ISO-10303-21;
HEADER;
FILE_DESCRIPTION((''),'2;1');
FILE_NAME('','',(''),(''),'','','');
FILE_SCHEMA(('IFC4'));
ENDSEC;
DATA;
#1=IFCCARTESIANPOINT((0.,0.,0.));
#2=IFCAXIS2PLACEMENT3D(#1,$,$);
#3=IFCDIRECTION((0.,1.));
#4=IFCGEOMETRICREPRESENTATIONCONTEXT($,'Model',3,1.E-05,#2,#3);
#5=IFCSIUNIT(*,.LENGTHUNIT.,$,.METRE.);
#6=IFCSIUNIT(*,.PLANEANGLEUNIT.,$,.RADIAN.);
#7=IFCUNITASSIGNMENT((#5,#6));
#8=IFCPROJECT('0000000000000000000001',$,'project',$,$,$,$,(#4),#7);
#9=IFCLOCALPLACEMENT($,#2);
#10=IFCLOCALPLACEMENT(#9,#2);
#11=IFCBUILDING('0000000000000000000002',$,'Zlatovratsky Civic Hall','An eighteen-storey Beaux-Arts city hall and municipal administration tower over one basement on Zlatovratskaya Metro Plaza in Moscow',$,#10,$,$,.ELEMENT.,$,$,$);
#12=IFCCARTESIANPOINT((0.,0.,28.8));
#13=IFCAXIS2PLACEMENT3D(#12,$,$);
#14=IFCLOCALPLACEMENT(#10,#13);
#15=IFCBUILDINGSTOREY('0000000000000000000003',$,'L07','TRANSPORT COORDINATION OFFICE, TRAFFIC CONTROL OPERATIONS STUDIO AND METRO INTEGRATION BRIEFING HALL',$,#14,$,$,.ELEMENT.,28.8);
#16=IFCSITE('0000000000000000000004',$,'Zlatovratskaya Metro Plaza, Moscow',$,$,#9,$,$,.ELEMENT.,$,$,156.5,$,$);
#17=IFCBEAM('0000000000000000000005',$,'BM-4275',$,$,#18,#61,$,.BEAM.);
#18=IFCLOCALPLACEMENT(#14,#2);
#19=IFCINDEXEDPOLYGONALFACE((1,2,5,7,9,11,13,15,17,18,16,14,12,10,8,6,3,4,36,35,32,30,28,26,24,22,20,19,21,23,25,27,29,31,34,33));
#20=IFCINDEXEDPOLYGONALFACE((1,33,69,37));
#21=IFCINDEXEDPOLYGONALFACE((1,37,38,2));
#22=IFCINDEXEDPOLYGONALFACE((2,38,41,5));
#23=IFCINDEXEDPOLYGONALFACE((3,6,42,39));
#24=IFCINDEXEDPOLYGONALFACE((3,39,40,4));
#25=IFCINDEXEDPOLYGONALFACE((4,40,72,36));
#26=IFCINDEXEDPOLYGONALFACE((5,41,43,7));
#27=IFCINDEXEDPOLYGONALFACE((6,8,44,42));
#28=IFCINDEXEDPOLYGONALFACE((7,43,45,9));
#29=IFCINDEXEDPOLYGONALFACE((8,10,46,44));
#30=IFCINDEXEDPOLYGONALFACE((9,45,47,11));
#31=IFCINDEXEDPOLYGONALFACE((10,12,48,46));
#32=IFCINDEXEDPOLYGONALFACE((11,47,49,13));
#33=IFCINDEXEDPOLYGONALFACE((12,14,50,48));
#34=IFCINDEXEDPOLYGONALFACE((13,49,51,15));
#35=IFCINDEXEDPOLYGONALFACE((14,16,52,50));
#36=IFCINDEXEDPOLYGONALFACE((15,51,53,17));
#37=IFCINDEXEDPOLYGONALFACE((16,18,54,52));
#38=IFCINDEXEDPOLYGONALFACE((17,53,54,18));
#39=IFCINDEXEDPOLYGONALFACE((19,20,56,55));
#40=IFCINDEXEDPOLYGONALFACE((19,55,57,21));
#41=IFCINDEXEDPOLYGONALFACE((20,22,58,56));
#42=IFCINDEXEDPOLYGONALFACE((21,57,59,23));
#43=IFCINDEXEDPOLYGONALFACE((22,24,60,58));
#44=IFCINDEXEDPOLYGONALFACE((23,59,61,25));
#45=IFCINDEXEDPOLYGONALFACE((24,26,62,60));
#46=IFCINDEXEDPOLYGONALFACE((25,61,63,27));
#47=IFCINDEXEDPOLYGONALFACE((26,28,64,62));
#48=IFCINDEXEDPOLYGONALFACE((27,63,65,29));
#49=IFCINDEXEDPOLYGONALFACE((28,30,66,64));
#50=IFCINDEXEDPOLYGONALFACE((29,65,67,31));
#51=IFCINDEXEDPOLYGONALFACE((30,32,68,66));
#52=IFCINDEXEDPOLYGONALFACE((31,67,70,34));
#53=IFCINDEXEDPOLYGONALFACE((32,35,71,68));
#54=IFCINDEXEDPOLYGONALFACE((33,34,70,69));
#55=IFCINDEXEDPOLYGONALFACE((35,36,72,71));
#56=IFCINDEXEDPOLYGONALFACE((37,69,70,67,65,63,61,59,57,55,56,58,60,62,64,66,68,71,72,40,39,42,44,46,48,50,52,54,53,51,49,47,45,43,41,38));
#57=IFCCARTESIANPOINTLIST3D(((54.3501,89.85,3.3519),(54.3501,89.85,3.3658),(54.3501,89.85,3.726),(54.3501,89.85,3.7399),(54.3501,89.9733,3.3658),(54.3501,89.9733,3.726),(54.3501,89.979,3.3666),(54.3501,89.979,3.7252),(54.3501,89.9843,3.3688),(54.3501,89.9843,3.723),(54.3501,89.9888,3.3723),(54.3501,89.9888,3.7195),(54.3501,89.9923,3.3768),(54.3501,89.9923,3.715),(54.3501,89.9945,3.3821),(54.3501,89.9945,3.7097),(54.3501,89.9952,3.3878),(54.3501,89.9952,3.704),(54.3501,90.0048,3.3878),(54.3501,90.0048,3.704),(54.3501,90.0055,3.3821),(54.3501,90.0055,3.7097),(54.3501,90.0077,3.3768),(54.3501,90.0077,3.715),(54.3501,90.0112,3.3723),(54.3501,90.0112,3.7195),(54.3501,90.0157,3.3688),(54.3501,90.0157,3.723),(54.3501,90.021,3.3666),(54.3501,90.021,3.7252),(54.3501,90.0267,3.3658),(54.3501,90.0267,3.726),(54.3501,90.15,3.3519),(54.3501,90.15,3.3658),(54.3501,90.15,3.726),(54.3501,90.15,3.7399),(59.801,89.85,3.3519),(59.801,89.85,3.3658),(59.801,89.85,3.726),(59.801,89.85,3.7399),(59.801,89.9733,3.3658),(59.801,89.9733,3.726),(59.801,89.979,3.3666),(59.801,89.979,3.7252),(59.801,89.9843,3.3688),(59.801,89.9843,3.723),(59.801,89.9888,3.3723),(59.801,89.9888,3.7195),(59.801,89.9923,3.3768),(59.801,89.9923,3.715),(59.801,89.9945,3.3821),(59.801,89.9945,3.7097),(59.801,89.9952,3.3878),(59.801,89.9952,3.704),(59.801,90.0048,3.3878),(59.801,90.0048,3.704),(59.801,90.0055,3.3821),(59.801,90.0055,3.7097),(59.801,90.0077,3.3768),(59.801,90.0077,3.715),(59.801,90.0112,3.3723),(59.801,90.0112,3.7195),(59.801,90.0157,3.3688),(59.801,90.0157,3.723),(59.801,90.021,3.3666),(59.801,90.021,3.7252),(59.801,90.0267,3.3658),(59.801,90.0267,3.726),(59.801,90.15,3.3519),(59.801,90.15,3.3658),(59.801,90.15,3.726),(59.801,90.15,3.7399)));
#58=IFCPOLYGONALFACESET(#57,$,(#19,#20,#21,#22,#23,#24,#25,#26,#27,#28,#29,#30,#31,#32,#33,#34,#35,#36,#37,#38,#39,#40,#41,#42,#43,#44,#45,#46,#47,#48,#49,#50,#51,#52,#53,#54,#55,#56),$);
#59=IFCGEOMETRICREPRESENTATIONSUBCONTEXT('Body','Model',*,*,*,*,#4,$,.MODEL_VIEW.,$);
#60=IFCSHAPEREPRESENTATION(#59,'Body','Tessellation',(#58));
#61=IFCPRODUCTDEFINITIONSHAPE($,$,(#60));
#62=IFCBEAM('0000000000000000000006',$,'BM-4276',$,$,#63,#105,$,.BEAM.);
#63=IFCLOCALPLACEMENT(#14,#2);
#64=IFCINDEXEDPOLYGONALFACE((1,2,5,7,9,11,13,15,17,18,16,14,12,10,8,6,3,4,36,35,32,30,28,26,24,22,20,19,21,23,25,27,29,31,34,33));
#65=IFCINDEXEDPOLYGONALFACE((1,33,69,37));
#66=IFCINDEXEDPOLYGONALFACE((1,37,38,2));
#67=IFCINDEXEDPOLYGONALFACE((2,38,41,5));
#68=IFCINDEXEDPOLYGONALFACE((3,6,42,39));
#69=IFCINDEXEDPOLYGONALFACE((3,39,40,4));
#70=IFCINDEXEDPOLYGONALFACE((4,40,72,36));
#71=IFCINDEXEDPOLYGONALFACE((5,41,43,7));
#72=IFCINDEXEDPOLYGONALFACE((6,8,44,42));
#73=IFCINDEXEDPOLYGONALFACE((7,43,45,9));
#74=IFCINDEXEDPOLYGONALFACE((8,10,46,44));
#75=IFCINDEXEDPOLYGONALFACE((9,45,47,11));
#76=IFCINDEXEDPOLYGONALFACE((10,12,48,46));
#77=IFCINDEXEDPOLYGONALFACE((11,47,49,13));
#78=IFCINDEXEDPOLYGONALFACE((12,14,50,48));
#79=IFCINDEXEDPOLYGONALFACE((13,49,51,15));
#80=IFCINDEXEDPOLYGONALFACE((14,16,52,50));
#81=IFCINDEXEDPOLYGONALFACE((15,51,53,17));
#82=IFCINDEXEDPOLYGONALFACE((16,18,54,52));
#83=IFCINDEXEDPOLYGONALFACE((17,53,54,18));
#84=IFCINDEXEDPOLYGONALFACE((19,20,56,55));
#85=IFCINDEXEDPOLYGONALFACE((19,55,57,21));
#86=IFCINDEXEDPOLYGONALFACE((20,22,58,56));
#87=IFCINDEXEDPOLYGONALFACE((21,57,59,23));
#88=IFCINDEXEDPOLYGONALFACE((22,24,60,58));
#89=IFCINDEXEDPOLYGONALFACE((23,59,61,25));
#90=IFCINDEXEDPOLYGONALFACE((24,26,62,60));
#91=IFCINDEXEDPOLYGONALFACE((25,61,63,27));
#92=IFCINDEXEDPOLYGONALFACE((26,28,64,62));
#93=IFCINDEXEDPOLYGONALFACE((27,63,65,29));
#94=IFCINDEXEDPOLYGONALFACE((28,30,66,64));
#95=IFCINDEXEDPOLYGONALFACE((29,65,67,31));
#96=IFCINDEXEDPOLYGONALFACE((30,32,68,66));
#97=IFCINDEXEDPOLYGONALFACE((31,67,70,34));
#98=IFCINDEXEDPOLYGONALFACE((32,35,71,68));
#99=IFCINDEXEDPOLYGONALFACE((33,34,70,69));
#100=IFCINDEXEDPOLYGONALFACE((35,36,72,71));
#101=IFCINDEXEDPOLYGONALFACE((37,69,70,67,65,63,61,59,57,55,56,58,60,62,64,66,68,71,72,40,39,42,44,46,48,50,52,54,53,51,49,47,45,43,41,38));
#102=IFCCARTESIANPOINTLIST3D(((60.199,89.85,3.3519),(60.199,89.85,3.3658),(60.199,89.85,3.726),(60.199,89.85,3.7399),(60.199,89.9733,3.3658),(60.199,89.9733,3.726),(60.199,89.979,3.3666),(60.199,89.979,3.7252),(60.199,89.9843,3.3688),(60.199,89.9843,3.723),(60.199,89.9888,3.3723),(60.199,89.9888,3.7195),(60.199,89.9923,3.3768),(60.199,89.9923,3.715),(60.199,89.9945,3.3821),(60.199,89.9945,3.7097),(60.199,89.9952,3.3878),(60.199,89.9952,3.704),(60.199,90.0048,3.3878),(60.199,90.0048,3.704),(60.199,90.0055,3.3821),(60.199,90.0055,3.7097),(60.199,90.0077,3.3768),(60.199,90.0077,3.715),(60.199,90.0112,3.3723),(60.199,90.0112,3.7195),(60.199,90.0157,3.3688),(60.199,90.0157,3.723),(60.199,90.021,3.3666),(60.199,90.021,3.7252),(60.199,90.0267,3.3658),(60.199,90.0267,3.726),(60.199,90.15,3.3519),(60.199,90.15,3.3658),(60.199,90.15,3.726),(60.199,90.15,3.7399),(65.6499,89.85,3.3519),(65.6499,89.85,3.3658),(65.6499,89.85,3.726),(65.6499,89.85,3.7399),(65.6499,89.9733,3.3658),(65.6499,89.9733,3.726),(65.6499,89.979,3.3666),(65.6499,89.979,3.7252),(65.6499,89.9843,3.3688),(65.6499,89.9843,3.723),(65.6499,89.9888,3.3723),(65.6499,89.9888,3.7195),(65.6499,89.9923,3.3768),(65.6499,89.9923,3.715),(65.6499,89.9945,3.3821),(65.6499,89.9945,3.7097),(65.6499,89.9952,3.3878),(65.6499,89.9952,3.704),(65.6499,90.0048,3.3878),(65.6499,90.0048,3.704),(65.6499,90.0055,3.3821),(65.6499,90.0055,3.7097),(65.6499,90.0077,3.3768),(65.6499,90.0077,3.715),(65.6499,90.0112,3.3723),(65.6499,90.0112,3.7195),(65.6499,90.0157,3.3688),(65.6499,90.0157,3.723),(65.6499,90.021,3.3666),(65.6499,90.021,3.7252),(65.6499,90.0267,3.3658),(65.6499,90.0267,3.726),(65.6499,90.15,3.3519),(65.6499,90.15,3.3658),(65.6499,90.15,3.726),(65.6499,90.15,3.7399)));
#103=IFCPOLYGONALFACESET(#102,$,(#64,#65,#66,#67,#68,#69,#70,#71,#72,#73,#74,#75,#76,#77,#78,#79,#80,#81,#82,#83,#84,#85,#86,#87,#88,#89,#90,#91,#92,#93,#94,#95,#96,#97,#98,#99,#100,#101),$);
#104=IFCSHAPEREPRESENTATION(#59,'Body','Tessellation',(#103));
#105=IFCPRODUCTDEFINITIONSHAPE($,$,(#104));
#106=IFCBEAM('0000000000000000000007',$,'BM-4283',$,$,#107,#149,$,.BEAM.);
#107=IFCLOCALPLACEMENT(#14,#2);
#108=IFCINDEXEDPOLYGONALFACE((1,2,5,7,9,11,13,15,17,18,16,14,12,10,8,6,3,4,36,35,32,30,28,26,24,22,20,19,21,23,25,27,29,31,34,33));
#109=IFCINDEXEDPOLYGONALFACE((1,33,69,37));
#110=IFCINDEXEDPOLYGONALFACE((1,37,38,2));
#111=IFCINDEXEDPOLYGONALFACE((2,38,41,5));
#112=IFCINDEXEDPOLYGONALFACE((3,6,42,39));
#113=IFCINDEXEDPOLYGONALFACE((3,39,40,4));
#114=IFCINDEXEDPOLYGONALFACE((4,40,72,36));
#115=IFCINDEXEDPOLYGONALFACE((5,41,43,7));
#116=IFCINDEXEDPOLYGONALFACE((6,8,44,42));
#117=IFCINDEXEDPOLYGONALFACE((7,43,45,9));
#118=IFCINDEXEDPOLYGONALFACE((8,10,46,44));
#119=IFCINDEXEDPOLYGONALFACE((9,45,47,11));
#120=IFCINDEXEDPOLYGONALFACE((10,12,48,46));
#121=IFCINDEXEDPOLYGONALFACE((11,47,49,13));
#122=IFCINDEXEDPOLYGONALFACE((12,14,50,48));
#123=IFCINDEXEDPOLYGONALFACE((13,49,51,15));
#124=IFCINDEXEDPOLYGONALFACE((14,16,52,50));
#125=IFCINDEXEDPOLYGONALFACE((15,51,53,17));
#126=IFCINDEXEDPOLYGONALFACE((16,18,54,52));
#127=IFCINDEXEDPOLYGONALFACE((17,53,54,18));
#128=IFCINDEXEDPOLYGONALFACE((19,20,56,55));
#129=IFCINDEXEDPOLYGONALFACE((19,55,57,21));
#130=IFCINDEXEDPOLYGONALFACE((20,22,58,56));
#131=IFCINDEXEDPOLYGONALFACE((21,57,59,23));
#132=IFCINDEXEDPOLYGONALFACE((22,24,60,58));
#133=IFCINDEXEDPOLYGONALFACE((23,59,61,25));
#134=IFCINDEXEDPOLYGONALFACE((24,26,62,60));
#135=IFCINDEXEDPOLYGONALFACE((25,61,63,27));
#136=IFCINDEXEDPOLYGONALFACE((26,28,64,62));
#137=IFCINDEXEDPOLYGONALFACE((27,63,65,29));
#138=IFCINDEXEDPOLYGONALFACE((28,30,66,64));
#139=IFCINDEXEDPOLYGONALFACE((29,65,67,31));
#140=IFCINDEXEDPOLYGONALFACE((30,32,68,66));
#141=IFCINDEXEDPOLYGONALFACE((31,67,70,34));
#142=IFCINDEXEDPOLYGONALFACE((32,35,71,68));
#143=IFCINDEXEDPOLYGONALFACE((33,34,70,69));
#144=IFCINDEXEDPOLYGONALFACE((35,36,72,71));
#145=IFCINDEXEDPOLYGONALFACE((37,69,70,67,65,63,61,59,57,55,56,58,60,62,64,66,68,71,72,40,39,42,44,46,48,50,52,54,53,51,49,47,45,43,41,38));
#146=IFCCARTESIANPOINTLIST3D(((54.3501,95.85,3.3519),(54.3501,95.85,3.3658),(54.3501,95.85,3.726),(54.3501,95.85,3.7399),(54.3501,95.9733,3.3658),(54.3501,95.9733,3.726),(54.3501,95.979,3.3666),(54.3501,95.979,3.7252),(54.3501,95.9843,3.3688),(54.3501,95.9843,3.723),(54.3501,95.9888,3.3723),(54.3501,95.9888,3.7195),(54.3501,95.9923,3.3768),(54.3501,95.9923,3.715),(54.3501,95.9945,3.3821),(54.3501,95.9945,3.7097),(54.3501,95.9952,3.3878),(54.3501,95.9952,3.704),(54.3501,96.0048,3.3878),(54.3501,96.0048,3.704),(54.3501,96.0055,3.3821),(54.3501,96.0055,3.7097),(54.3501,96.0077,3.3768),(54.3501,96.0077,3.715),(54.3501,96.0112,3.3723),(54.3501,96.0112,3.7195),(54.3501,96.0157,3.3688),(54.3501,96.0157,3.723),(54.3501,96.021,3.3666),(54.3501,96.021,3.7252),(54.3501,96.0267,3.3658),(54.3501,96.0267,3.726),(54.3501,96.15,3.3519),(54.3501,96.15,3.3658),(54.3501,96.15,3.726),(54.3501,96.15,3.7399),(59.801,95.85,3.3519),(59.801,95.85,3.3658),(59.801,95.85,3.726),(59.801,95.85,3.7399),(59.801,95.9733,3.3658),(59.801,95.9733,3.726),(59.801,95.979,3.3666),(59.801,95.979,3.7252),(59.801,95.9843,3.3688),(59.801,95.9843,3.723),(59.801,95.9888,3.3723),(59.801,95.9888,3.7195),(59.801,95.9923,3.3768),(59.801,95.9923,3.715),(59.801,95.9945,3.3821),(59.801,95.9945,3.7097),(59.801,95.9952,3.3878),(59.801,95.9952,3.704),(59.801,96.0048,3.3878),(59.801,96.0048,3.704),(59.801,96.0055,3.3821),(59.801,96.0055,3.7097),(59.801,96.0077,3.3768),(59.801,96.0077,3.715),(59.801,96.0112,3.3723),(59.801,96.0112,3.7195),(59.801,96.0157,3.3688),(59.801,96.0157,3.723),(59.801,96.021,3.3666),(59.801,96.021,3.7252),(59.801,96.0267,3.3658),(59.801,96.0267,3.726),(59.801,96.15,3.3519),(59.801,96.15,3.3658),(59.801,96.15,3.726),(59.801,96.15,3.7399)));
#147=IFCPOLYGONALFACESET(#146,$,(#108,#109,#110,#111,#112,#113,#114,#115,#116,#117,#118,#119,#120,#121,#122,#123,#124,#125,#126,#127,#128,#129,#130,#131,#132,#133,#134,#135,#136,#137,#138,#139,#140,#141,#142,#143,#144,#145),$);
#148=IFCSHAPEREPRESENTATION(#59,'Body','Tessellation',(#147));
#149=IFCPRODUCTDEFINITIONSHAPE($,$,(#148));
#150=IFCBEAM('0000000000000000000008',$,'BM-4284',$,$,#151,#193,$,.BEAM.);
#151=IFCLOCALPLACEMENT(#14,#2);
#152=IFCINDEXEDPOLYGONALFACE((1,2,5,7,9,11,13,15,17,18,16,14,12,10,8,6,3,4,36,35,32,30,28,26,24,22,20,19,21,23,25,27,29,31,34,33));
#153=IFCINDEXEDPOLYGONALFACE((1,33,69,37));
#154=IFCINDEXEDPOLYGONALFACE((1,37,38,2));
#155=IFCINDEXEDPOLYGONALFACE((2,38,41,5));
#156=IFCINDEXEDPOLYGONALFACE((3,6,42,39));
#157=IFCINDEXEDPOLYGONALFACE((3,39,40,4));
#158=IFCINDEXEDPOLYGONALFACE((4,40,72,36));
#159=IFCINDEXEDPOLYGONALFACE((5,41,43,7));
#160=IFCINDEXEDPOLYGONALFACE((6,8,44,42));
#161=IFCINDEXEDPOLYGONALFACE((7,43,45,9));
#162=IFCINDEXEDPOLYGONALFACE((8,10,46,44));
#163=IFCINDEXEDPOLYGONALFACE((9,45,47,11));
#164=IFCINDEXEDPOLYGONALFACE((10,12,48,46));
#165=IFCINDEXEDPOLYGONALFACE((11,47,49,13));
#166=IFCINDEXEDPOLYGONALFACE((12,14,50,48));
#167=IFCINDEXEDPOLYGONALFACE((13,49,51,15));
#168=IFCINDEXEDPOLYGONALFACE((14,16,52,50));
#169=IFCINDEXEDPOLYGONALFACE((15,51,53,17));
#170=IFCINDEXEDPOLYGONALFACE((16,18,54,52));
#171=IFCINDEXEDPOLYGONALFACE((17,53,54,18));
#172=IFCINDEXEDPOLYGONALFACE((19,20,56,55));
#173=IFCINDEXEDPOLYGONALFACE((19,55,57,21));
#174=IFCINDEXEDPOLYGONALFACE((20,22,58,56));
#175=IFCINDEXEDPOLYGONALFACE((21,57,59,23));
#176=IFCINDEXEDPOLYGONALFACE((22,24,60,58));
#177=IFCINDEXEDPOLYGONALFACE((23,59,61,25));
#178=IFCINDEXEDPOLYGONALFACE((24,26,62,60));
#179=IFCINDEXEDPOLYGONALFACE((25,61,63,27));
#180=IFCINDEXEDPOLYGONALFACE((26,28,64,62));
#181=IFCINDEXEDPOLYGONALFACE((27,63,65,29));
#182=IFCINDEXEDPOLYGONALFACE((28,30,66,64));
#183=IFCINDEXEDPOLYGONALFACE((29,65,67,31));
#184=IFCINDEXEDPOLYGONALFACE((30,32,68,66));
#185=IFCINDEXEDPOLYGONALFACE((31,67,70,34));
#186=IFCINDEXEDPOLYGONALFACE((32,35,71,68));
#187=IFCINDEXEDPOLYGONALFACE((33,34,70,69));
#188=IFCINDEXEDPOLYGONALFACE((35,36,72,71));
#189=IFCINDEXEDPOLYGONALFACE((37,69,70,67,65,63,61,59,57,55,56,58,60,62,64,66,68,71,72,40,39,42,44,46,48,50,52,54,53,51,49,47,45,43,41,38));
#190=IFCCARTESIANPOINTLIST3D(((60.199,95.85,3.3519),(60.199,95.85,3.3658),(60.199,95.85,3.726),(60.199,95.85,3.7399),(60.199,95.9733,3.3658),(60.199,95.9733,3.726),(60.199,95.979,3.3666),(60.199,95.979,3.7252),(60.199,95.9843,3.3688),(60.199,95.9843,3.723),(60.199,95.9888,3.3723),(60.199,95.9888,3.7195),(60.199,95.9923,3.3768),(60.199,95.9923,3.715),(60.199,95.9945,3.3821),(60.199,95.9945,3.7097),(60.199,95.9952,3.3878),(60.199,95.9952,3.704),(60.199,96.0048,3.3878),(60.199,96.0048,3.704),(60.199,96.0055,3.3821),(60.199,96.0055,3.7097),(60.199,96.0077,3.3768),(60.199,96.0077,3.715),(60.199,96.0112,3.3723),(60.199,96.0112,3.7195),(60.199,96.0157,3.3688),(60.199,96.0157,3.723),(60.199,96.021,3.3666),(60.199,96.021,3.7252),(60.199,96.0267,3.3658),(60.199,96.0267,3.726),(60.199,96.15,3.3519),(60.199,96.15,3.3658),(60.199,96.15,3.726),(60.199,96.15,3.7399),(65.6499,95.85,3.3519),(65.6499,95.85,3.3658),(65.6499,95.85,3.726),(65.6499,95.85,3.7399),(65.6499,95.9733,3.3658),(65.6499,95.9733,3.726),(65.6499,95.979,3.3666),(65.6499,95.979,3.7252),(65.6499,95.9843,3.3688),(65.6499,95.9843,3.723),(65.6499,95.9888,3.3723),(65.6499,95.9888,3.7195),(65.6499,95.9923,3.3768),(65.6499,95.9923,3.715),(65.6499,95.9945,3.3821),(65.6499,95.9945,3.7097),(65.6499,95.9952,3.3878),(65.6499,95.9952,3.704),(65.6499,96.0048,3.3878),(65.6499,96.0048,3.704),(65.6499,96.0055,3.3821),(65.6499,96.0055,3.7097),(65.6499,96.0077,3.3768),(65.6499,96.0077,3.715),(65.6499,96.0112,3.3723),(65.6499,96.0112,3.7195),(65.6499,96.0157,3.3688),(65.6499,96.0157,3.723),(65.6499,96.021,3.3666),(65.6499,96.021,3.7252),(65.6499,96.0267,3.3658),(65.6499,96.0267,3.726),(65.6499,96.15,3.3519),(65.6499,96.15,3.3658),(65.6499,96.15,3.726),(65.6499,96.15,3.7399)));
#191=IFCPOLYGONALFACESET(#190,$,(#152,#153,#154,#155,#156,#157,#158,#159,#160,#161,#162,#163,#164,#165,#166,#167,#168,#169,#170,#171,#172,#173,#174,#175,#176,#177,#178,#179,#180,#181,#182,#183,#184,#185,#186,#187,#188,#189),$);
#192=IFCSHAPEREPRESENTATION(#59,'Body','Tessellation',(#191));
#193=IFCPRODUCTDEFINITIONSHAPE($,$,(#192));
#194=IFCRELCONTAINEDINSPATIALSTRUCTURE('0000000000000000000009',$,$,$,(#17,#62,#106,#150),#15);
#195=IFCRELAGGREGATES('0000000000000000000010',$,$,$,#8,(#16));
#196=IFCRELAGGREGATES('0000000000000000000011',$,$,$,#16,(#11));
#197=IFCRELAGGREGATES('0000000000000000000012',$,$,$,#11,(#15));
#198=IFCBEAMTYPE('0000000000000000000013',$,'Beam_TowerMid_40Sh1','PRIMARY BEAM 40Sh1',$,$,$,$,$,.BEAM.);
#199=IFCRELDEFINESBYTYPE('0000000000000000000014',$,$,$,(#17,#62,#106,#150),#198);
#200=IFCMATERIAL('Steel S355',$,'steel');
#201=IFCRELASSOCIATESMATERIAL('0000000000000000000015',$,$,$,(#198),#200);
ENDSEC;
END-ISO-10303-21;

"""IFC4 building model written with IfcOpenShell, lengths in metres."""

from ifc_helpers import new_model, si_unit, direction, frame, origin, origin_2d, place, context, subcontext, project, spatial, i_section, extrude, material, material_profile, profile_set, type_object, element, save


model = new_model("IFC4")

# Units and contexts
model_context = context("Model", 3, precision=1e-05, world=origin(), true_north=direction((0.0, 1.0)))
body_context = subcontext(model_context, "Body", "Model", "MODEL_VIEW")
ifc_project = project(units=[si_unit("LENGTHUNIT", "METRE"), si_unit("PLANEANGLEUNIT", "RADIAN")], contexts=[model_context])

# Site, building, storey
site_placement = place(None, origin())
site = spatial("IfcSite", under=ifc_project, at=site_placement, Name="Zlatovratskaya Metro Plaza, Moscow", CompositionType="ELEMENT", RefElevation=156.5)
building_placement = place(site_placement, origin())
building = spatial("IfcBuilding", under=site, at=building_placement, Name="Zlatovratsky Civic Hall", Description="An eighteen-storey Beaux-Arts city hall and municipal administration tower over one basement on Zlatovratskaya Metro Plaza in Moscow", CompositionType="ELEMENT")
storey_placement = place(building_placement, frame((0.0, 0.0, 28.8)))
storey = spatial("IfcBuildingStorey", under=building, at=storey_placement, Name="L07", Description="TRANSPORT COORDINATION OFFICE, TRAFFIC CONTROL OPERATIONS STUDIO AND METRO INTEGRATION BRIEFING HALL", CompositionType="ELEMENT", Elevation=28.8)

# Shared definitions
ifc_material_1 = material(Name="Steel S355", Category="steel")

# Beams
ifc_material_profile_1 = material_profile(ifc_material_1, i_section(OverallWidth=0.3, OverallDepth=0.3879, WebThickness=0.0095, FlangeThickness=0.0139, FilletRadius=0.022, at=origin_2d()), Name="40Sh1")
ifc_profile_set_1 = profile_set([ifc_material_profile_1], Name="Steel S355")
beam_type_1 = type_object("IfcBeamType", Name="Beam_TowerMid_40Sh1", Description="PRIMARY BEAM 40Sh1", PredefinedType="BEAM", material=ifc_profile_set_1)
for number, where, z_axis, x_axis, name in (
    (1, (54.3501, 90.0, 3.5459), (1.0, 0.0, 0.0), (0.0, 1.0, 0.0), "BM-4275"),
    (2, (60.199, 90.0, 3.5459), (1.0, 0.0, 0.0), (0.0, 1.0, 0.0), "BM-4276"),
    (3, (54.3501, 96.0, 3.5459), (1.0, 0.0, 0.0), (0.0, 1.0, 0.0), "BM-4283"),
    (4, (60.199, 96.0, 3.5459), (1.0, 0.0, 0.0), (0.0, 1.0, 0.0), "BM-4284"),
):
    element("IfcBeam", number, at=place(storey_placement, frame(where, z_axis=z_axis, x_axis=x_axis)), inside=storey, type_object=beam_type_1, Name=name, PredefinedType="BEAM", context=body_context, shape_type="SweptSolid", body=[
        extrude(i_section(OverallWidth=0.3, OverallDepth=0.3879, WebThickness=0.0095, FlangeThickness=0.0139, FilletRadius=0.022, at=origin_2d()), origin(), (0.0, 0.0, 1.0), 5.4509),
    ])

save(model, "model.ifc")
